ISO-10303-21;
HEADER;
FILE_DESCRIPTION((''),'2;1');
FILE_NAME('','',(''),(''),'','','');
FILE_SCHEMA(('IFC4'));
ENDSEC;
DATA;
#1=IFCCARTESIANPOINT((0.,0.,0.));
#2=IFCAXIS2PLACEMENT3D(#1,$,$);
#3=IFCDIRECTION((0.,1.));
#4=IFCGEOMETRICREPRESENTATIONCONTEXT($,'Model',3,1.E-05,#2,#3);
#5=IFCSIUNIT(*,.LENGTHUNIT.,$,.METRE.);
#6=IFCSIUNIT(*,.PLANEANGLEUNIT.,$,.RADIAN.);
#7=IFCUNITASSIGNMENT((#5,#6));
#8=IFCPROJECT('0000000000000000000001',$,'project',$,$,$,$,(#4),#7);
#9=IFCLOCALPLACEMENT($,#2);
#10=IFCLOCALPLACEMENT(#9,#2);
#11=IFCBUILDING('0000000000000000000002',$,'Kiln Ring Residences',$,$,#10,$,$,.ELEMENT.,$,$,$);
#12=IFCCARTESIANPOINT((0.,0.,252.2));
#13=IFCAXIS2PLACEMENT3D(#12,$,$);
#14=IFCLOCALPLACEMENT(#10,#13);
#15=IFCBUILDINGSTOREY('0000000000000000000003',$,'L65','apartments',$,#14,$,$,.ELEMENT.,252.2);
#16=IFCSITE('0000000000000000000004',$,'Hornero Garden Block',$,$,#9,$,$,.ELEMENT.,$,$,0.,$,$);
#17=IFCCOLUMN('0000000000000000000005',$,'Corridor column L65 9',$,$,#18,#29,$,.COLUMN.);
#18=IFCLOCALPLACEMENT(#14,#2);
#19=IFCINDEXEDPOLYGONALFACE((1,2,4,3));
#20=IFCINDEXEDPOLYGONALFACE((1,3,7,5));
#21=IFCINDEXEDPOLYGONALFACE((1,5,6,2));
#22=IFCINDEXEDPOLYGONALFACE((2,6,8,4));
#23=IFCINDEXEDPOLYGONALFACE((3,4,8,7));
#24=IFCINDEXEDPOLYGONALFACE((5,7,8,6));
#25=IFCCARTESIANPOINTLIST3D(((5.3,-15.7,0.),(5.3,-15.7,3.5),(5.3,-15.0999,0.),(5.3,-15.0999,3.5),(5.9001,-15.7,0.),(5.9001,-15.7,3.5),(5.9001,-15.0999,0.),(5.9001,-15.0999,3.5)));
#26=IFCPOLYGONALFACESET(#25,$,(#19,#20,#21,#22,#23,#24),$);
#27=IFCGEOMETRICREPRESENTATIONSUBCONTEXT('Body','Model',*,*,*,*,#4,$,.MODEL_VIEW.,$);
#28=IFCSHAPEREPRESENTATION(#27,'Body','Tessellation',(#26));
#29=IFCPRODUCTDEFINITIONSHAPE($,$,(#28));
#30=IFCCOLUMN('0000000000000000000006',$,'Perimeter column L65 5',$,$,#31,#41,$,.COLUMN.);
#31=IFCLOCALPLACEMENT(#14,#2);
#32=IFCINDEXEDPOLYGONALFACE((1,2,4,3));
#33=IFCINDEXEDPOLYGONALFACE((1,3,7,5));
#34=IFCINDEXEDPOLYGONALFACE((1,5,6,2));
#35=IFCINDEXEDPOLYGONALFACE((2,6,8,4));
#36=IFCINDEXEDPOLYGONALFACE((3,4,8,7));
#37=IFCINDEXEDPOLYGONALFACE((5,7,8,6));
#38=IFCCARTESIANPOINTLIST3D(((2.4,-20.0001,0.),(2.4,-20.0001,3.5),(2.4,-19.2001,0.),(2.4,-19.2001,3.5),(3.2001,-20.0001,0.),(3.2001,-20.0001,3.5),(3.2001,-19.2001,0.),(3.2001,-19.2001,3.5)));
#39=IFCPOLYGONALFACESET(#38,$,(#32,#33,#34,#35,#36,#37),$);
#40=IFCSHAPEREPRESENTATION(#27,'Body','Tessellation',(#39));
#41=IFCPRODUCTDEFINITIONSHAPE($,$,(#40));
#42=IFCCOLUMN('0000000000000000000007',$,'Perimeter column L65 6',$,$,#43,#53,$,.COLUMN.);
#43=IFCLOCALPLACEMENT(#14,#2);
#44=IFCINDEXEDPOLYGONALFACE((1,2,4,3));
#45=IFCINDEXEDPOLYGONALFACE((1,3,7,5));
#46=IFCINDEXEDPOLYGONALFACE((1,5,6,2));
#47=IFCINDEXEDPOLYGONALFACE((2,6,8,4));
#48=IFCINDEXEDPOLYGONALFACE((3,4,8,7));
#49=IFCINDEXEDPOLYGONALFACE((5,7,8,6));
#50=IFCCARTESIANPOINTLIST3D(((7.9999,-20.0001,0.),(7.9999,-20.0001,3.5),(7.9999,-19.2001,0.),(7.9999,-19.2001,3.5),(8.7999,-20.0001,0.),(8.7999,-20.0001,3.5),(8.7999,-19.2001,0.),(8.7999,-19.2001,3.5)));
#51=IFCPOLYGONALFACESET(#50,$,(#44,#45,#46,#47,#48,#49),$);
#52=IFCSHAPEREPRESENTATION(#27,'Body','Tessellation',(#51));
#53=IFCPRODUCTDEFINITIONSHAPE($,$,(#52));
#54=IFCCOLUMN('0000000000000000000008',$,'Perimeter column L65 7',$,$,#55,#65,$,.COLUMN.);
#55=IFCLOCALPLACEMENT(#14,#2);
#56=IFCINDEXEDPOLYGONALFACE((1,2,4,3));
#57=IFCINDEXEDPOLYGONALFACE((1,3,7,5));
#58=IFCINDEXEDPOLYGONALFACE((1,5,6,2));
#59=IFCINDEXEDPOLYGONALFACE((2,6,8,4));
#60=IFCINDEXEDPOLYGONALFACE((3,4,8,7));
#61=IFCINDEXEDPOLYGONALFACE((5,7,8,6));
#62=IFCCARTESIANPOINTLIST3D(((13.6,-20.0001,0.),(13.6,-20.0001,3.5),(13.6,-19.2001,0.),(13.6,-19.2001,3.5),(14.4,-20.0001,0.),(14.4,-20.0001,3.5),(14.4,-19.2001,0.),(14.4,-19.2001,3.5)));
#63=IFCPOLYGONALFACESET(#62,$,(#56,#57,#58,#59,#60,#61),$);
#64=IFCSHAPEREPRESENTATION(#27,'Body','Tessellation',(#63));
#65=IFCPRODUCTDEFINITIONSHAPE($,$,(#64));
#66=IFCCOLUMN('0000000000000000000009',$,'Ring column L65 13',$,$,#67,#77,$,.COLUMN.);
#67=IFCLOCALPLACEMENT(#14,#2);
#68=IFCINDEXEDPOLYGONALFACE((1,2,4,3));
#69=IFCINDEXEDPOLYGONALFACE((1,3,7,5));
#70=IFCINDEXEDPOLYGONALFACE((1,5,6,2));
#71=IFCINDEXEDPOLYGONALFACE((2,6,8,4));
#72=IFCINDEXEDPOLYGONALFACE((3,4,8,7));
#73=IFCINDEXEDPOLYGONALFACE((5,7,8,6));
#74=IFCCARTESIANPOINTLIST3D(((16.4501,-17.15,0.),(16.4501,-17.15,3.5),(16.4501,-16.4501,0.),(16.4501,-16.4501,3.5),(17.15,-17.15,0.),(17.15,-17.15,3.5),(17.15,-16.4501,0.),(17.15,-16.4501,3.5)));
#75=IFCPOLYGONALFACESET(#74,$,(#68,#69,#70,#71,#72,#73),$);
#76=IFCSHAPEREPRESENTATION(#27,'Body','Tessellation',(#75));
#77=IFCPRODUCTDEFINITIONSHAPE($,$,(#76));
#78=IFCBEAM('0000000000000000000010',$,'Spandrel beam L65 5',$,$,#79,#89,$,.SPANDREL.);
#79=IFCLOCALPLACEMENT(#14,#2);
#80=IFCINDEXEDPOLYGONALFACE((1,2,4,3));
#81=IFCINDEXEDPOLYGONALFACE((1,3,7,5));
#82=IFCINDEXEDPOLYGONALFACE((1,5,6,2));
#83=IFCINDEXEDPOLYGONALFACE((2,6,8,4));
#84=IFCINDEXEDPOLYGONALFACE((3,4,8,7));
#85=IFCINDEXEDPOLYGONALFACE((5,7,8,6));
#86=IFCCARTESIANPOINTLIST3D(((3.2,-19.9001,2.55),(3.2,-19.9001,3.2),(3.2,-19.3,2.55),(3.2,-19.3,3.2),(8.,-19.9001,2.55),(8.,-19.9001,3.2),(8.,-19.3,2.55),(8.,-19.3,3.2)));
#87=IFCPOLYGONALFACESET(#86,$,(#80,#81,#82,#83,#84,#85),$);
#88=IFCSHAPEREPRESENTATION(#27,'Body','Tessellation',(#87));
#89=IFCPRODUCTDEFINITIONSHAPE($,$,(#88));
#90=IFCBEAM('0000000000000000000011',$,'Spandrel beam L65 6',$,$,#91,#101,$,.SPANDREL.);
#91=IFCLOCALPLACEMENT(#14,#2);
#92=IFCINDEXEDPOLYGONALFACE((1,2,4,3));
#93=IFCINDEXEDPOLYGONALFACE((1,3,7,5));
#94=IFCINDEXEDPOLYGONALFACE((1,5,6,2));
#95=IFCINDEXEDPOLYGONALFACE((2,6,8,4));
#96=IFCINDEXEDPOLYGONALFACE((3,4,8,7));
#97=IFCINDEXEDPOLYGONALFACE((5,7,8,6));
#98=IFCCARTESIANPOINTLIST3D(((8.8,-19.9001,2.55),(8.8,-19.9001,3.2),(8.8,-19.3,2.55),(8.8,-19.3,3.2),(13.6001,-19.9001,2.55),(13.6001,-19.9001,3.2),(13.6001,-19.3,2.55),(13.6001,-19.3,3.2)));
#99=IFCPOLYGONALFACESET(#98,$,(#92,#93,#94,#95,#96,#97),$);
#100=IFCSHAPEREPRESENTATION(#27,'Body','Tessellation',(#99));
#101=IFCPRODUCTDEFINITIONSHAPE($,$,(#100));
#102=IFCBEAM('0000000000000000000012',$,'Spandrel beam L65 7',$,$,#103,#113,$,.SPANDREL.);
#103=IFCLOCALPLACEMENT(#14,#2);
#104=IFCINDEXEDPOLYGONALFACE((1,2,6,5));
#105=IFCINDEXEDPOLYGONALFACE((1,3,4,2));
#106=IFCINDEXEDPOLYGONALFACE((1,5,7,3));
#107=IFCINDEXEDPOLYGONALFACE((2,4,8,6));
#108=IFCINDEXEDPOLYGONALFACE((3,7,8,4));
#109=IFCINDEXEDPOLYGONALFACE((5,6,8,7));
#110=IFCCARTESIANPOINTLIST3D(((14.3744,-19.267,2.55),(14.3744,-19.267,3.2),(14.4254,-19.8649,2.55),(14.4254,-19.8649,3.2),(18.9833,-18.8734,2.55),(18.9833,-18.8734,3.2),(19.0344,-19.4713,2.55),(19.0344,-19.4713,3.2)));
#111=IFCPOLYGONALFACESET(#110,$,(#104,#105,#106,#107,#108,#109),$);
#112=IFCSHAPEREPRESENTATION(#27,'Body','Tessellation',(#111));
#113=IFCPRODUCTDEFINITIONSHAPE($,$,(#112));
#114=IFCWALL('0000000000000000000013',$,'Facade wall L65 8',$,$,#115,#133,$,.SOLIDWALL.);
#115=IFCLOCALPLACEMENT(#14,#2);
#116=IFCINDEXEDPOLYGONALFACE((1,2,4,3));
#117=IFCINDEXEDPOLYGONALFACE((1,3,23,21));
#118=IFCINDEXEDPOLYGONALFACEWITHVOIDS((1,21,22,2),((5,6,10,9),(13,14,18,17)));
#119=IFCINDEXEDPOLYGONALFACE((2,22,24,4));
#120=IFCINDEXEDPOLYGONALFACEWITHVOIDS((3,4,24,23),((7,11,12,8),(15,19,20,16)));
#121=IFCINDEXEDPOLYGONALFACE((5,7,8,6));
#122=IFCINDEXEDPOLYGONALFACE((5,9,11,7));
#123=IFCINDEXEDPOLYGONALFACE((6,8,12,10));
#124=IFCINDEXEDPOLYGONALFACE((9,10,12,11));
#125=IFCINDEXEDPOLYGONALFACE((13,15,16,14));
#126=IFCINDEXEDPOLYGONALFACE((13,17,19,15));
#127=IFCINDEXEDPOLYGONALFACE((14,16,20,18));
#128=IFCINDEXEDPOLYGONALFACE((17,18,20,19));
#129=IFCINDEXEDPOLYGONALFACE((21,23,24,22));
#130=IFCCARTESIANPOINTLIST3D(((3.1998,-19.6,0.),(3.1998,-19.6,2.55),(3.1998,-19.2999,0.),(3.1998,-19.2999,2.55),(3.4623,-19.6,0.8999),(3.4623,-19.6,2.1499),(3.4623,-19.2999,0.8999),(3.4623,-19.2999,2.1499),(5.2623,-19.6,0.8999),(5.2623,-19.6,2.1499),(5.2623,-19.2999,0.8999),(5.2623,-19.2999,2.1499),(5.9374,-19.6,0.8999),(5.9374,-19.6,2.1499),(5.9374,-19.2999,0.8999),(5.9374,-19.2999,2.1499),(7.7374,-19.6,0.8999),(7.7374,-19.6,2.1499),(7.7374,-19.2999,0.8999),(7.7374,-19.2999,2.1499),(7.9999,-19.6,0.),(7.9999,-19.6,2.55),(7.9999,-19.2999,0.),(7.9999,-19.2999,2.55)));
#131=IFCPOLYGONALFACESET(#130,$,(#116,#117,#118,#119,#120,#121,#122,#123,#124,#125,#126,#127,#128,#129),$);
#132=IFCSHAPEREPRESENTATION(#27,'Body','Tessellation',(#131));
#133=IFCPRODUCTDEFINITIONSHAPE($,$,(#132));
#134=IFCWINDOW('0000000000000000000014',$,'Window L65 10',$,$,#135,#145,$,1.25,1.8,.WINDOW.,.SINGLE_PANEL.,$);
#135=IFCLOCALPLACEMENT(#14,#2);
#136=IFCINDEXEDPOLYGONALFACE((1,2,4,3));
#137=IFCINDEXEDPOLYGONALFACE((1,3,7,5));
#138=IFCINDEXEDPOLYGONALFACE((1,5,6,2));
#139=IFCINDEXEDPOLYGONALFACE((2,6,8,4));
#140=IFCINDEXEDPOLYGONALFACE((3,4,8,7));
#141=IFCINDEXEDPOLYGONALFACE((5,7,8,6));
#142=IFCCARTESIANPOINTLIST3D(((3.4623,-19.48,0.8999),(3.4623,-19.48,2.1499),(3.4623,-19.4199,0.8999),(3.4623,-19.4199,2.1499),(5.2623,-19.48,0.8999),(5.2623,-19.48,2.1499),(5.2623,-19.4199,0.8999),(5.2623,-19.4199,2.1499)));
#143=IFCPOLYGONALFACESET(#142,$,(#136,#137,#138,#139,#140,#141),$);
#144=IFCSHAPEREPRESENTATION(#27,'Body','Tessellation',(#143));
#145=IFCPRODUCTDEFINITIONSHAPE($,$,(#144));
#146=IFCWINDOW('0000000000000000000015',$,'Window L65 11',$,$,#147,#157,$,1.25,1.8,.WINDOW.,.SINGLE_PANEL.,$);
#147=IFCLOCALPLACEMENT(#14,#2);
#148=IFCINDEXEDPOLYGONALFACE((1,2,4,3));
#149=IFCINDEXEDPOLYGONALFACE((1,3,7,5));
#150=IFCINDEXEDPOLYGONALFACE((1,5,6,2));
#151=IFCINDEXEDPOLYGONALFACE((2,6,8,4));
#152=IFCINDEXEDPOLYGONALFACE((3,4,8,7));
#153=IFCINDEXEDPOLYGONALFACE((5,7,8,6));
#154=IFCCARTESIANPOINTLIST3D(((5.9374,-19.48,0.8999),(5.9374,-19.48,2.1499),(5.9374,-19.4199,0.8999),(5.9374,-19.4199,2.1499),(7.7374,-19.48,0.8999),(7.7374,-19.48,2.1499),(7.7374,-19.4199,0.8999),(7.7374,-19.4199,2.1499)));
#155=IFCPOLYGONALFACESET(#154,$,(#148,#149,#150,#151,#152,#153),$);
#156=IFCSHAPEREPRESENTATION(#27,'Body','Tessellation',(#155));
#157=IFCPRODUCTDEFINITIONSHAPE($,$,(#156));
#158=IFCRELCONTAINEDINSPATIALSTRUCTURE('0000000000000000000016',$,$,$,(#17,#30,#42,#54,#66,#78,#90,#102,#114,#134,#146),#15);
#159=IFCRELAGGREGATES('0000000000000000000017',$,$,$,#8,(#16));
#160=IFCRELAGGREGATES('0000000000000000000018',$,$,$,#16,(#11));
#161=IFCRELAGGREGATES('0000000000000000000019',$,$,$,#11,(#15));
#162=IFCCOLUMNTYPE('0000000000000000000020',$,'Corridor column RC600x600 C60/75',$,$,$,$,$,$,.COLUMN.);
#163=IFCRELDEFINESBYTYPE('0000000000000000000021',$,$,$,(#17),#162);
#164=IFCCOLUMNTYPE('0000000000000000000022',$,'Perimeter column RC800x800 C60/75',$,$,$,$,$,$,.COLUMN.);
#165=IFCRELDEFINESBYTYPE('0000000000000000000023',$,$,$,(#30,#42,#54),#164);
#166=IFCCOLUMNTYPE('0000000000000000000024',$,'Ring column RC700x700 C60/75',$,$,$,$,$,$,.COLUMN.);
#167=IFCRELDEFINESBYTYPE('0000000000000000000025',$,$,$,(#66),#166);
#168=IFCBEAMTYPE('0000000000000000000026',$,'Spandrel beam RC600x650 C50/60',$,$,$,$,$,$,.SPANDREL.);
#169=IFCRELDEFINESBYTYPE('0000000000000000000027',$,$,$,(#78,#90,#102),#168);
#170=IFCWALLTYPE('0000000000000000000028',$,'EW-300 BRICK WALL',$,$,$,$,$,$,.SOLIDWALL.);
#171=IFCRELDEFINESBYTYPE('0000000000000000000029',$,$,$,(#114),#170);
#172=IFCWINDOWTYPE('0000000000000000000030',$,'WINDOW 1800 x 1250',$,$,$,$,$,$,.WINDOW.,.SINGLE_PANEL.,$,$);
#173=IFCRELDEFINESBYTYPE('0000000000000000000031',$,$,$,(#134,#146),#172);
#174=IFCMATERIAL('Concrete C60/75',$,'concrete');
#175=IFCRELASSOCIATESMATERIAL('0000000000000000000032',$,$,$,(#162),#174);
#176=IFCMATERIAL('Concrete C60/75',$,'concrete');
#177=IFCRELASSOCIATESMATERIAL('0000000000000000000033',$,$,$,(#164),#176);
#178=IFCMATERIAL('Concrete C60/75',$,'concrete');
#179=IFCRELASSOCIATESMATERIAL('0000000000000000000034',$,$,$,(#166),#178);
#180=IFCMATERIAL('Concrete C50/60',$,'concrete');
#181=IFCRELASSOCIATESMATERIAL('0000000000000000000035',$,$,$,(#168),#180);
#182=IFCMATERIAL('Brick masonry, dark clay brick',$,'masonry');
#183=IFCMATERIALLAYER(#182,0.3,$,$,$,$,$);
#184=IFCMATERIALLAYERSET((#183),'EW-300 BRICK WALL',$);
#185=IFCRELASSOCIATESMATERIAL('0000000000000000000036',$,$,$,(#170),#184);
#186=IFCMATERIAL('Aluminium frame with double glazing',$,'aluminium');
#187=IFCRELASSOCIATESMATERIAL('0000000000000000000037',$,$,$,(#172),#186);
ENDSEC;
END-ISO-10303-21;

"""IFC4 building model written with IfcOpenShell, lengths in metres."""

from ifc_helpers import new_model, si_unit, direction, frame, frame_2d, origin, origin_2d, place, context, subcontext, project, spatial, rectangle, extrude, material, layer, layer_set, material_profile, profile_set, type_object, element, fill, save


model = new_model("IFC4")

# Units and contexts
model_context = context("Model", 3, precision=1e-05, world=origin(), true_north=direction((0.0, 1.0)))
body_context = subcontext(model_context, "Body", "Model", "MODEL_VIEW")
ifc_project = project(units=[si_unit("LENGTHUNIT", "METRE"), si_unit("PLANEANGLEUNIT", "RADIAN")], contexts=[model_context])

# Site, building, storey
site_placement = place(None, origin())
site = spatial("IfcSite", under=ifc_project, at=site_placement, Name="Hornero Garden Block", CompositionType="ELEMENT", RefElevation=0.0)
building_placement = place(site_placement, origin())
building = spatial("IfcBuilding", under=site, at=building_placement, Name="Kiln Ring Residences", CompositionType="ELEMENT")
storey_placement = place(building_placement, frame((0.0, 0.0, 252.2)))
storey = spatial("IfcBuildingStorey", under=building, at=storey_placement, Name="L65", Description="apartments", CompositionType="ELEMENT", Elevation=252.2)

# Columns
ifc_material_1 = material(Name="Concrete C60/75", Category="concrete")
ifc_material_profile_1 = material_profile(ifc_material_1, rectangle(XDim=0.6001, YDim=0.6001, at=origin_2d()), Name="RC600x600")
ifc_profile_set_1 = profile_set([ifc_material_profile_1], Name="Concrete C60/75")
column_type_1 = type_object("IfcColumnType", Name="Corridor column RC600x600 C60/75", PredefinedType="COLUMN", material=ifc_profile_set_1)
column_1_placement = place(storey_placement, frame((5.6001, -15.3999, 0.0), z_axis=(0.0, 0.0, 1.0), x_axis=(1.0, 0.0, 0.0)))
element("IfcColumn", 1, at=column_1_placement, inside=storey, type_object=column_type_1, Name="Corridor column L65 9", PredefinedType="COLUMN", context=body_context, shape_type="SweptSolid", body=[
    extrude(rectangle(XDim=0.6001, YDim=0.6001, at=origin_2d()), origin(), (0.0, 0.0, 1.0), 3.5),
])
ifc_material_2 = material(Name="Concrete C60/75", Category="concrete")
ifc_material_profile_2 = material_profile(ifc_material_2, rectangle(XDim=0.8, YDim=0.8, at=origin_2d()), Name="RC800x800")
ifc_profile_set_2 = profile_set([ifc_material_profile_2], Name="Concrete C60/75")
column_type_2 = type_object("IfcColumnType", Name="Perimeter column RC800x800 C60/75", PredefinedType="COLUMN", material=ifc_profile_set_2)
for number, where, z_axis, x_axis, name in (
    (2, (2.8, -19.6001, 0.0), (0.0, 0.0, 1.0), (1.0, 0.0, 0.0), "Perimeter column L65 5"),
    (3, (8.3999, -19.6001, 0.0), (0.0, 0.0, 1.0), (1.0, 0.0, 0.0), "Perimeter column L65 6"),
    (4, (14.0, -19.6001, 0.0), (0.0, 0.0, 1.0), (1.0, 0.0, 0.0), "Perimeter column L65 7"),
):
    element("IfcColumn", number, at=place(storey_placement, frame(where, z_axis=z_axis, x_axis=x_axis)), inside=storey, type_object=column_type_2, Name=name, PredefinedType="COLUMN", context=body_context, shape_type="SweptSolid", body=[
        extrude(rectangle(XDim=0.8, YDim=0.8, at=origin_2d()), origin(), (0.0, 0.0, 1.0), 3.5),
    ])
ifc_material_3 = material(Name="Concrete C60/75", Category="concrete")
ifc_material_profile_3 = material_profile(ifc_material_3, rectangle(XDim=0.7, YDim=0.7, at=origin_2d()), Name="RC700x700")
ifc_profile_set_3 = profile_set([ifc_material_profile_3], Name="Concrete C60/75")
column_type_3 = type_object("IfcColumnType", Name="Ring column RC700x700 C60/75", PredefinedType="COLUMN", material=ifc_profile_set_3)
column_2_placement = place(storey_placement, frame((16.8, -16.8, 0.0), z_axis=(0.0, 0.0, 1.0), x_axis=(1.0, 0.0, 0.0)))
element("IfcColumn", 5, at=column_2_placement, inside=storey, type_object=column_type_3, Name="Ring column L65 13", PredefinedType="COLUMN", context=body_context, shape_type="SweptSolid", body=[
    extrude(rectangle(XDim=0.7, YDim=0.7, at=origin_2d()), origin(), (0.0, 0.0, 1.0), 3.5),
])

# Beams
ifc_material_4 = material(Name="Concrete C50/60", Category="concrete")
ifc_material_profile_4 = material_profile(ifc_material_4, rectangle(XDim=0.6001, YDim=0.6499, at=origin_2d()), Name="RC600x650")
ifc_profile_set_4 = profile_set([ifc_material_profile_4], Name="Concrete C50/60")
beam_type = type_object("IfcBeamType", Name="Spandrel beam RC600x650 C50/60", PredefinedType="SPANDREL", material=ifc_profile_set_4)
for number, where, z_axis, x_axis, name in (
    (6, (3.2, -19.6001, 2.875), (1.0, 0.0, 0.0), (0.0, 1.0, 0.0), "Spandrel beam L65 5"),
    (7, (8.8, -19.6001, 2.875), (1.0, 0.0, 0.0), (0.0, 1.0, 0.0), "Spandrel beam L65 6"),
):
    element("IfcBeam", number, at=place(storey_placement, frame(where, z_axis=z_axis, x_axis=x_axis)), inside=storey, type_object=beam_type, Name=name, PredefinedType="SPANDREL", context=body_context, shape_type="SweptSolid", body=[
        extrude(rectangle(XDim=0.6001, YDim=0.6499, at=origin_2d()), origin(), (0.0, 0.0, 1.0), 4.8),
    ])
beam_placement = place(storey_placement, frame((14.3999, -19.5659, 2.875), z_axis=(0.996374, 0.085081, 0.0), x_axis=(-0.085081, 0.996374, 0.0)))
element("IfcBeam", 8, at=beam_placement, inside=storey, type_object=beam_type, Name="Spandrel beam L65 7", PredefinedType="SPANDREL", context=body_context, shape_type="SweptSolid", body=[
    extrude(rectangle(XDim=0.6001, YDim=0.6499, at=origin_2d()), origin(), (0.0, 0.0, 1.0), 4.6257),
])

# Wall, openings, windows
ifc_material_5 = material(Name="Brick masonry, dark clay brick", Category="masonry")
ifc_layer_1 = layer(ifc_material_5, 0.3)
ifc_layer_set_1 = layer_set([ifc_layer_1], Name="EW-300 BRICK WALL")
wall_type_1 = type_object("IfcWallType", Name="EW-300 BRICK WALL", PredefinedType="SOLIDWALL", material=ifc_layer_set_1)
wall_1_placement = place(storey_placement, frame((3.2, -19.45, 0.0), z_axis=(0.0, 0.0, 1.0), x_axis=(1.0, 0.0, 0.0)))
wall_1 = element("IfcWall", 9, at=wall_1_placement, inside=storey, type_object=wall_type_1, Name="Facade wall L65 8", PredefinedType="SOLIDWALL", context=body_context, shape_type="SweptSolid", body=[
    extrude(rectangle(XDim=4.8, YDim=0.3, at=frame_2d((2.3999, 0.0))), origin(), (0.0, 0.0, 1.0), 2.55),
])
opening_1_placement = place(wall_1_placement, frame((0.2625, 0.0, 0.8999)))
opening_1 = element("IfcOpeningElement", 10, at=opening_1_placement, cuts=wall_1, PredefinedType="OPENING", context=body_context, shape_type="SweptSolid", body=[
    extrude(rectangle(XDim=1.8, YDim=1.25, at=frame_2d((0.8999, 0.625))), frame((0.0, 0.1599, 0.0), z_axis=(0.0, -1.0, 0.0), x_axis=(1.0, 0.0, 0.0)), (0.0, 0.0, 1.0), 0.3201),
])
opening_2_placement = place(wall_1_placement, frame((2.7375, 0.0, 0.8999)))
opening_2 = element("IfcOpeningElement", 11, at=opening_2_placement, cuts=wall_1, PredefinedType="OPENING", context=body_context, shape_type="SweptSolid", body=[
    extrude(rectangle(XDim=1.8, YDim=1.25, at=frame_2d((0.8999, 0.625))), frame((0.0, 0.1599, 0.0), z_axis=(0.0, -1.0, 0.0), x_axis=(1.0, 0.0, 0.0)), (0.0, 0.0, 1.0), 0.3201),
])
ifc_material_6 = material(Name="Aluminium frame with double glazing", Category="aluminium")
window_type_1 = type_object("IfcWindowType", Name="WINDOW 1800 x 1250", PartitioningType="SINGLE_PANEL", PredefinedType="WINDOW", material=ifc_material_6)
window_1_placement = place(opening_1_placement, origin())
window_1 = element("IfcWindow", 12, at=window_1_placement, inside=storey, type_object=window_type_1, Name="Window L65 10", OverallHeight=1.25, OverallWidth=1.8, PartitioningType="SINGLE_PANEL", PredefinedType="WINDOW", context=body_context, shape_type="SweptSolid", body=[
    extrude(rectangle(XDim=1.8, YDim=1.25, at=frame_2d((0.8999, 0.625))), frame((0.0, 0.03, 0.0), z_axis=(0.0, -1.0, 0.0), x_axis=(1.0, 0.0, 0.0)), (0.0, 0.0, 1.0), 0.0601),
])
fill(opening_1, window_1)
window_2_placement = place(opening_2_placement, origin())
window_2 = element("IfcWindow", 13, at=window_2_placement, inside=storey, type_object=window_type_1, Name="Window L65 11", OverallHeight=1.25, OverallWidth=1.8, PartitioningType="SINGLE_PANEL", PredefinedType="WINDOW", context=body_context, shape_type="SweptSolid", body=[
    extrude(rectangle(XDim=1.8, YDim=1.25, at=frame_2d((0.8999, 0.625))), frame((0.0, 0.03, 0.0), z_axis=(0.0, -1.0, 0.0), x_axis=(1.0, 0.0, 0.0)), (0.0, 0.0, 1.0), 0.0601),
])
fill(opening_2, window_2)

save(model, "model.ifc")
